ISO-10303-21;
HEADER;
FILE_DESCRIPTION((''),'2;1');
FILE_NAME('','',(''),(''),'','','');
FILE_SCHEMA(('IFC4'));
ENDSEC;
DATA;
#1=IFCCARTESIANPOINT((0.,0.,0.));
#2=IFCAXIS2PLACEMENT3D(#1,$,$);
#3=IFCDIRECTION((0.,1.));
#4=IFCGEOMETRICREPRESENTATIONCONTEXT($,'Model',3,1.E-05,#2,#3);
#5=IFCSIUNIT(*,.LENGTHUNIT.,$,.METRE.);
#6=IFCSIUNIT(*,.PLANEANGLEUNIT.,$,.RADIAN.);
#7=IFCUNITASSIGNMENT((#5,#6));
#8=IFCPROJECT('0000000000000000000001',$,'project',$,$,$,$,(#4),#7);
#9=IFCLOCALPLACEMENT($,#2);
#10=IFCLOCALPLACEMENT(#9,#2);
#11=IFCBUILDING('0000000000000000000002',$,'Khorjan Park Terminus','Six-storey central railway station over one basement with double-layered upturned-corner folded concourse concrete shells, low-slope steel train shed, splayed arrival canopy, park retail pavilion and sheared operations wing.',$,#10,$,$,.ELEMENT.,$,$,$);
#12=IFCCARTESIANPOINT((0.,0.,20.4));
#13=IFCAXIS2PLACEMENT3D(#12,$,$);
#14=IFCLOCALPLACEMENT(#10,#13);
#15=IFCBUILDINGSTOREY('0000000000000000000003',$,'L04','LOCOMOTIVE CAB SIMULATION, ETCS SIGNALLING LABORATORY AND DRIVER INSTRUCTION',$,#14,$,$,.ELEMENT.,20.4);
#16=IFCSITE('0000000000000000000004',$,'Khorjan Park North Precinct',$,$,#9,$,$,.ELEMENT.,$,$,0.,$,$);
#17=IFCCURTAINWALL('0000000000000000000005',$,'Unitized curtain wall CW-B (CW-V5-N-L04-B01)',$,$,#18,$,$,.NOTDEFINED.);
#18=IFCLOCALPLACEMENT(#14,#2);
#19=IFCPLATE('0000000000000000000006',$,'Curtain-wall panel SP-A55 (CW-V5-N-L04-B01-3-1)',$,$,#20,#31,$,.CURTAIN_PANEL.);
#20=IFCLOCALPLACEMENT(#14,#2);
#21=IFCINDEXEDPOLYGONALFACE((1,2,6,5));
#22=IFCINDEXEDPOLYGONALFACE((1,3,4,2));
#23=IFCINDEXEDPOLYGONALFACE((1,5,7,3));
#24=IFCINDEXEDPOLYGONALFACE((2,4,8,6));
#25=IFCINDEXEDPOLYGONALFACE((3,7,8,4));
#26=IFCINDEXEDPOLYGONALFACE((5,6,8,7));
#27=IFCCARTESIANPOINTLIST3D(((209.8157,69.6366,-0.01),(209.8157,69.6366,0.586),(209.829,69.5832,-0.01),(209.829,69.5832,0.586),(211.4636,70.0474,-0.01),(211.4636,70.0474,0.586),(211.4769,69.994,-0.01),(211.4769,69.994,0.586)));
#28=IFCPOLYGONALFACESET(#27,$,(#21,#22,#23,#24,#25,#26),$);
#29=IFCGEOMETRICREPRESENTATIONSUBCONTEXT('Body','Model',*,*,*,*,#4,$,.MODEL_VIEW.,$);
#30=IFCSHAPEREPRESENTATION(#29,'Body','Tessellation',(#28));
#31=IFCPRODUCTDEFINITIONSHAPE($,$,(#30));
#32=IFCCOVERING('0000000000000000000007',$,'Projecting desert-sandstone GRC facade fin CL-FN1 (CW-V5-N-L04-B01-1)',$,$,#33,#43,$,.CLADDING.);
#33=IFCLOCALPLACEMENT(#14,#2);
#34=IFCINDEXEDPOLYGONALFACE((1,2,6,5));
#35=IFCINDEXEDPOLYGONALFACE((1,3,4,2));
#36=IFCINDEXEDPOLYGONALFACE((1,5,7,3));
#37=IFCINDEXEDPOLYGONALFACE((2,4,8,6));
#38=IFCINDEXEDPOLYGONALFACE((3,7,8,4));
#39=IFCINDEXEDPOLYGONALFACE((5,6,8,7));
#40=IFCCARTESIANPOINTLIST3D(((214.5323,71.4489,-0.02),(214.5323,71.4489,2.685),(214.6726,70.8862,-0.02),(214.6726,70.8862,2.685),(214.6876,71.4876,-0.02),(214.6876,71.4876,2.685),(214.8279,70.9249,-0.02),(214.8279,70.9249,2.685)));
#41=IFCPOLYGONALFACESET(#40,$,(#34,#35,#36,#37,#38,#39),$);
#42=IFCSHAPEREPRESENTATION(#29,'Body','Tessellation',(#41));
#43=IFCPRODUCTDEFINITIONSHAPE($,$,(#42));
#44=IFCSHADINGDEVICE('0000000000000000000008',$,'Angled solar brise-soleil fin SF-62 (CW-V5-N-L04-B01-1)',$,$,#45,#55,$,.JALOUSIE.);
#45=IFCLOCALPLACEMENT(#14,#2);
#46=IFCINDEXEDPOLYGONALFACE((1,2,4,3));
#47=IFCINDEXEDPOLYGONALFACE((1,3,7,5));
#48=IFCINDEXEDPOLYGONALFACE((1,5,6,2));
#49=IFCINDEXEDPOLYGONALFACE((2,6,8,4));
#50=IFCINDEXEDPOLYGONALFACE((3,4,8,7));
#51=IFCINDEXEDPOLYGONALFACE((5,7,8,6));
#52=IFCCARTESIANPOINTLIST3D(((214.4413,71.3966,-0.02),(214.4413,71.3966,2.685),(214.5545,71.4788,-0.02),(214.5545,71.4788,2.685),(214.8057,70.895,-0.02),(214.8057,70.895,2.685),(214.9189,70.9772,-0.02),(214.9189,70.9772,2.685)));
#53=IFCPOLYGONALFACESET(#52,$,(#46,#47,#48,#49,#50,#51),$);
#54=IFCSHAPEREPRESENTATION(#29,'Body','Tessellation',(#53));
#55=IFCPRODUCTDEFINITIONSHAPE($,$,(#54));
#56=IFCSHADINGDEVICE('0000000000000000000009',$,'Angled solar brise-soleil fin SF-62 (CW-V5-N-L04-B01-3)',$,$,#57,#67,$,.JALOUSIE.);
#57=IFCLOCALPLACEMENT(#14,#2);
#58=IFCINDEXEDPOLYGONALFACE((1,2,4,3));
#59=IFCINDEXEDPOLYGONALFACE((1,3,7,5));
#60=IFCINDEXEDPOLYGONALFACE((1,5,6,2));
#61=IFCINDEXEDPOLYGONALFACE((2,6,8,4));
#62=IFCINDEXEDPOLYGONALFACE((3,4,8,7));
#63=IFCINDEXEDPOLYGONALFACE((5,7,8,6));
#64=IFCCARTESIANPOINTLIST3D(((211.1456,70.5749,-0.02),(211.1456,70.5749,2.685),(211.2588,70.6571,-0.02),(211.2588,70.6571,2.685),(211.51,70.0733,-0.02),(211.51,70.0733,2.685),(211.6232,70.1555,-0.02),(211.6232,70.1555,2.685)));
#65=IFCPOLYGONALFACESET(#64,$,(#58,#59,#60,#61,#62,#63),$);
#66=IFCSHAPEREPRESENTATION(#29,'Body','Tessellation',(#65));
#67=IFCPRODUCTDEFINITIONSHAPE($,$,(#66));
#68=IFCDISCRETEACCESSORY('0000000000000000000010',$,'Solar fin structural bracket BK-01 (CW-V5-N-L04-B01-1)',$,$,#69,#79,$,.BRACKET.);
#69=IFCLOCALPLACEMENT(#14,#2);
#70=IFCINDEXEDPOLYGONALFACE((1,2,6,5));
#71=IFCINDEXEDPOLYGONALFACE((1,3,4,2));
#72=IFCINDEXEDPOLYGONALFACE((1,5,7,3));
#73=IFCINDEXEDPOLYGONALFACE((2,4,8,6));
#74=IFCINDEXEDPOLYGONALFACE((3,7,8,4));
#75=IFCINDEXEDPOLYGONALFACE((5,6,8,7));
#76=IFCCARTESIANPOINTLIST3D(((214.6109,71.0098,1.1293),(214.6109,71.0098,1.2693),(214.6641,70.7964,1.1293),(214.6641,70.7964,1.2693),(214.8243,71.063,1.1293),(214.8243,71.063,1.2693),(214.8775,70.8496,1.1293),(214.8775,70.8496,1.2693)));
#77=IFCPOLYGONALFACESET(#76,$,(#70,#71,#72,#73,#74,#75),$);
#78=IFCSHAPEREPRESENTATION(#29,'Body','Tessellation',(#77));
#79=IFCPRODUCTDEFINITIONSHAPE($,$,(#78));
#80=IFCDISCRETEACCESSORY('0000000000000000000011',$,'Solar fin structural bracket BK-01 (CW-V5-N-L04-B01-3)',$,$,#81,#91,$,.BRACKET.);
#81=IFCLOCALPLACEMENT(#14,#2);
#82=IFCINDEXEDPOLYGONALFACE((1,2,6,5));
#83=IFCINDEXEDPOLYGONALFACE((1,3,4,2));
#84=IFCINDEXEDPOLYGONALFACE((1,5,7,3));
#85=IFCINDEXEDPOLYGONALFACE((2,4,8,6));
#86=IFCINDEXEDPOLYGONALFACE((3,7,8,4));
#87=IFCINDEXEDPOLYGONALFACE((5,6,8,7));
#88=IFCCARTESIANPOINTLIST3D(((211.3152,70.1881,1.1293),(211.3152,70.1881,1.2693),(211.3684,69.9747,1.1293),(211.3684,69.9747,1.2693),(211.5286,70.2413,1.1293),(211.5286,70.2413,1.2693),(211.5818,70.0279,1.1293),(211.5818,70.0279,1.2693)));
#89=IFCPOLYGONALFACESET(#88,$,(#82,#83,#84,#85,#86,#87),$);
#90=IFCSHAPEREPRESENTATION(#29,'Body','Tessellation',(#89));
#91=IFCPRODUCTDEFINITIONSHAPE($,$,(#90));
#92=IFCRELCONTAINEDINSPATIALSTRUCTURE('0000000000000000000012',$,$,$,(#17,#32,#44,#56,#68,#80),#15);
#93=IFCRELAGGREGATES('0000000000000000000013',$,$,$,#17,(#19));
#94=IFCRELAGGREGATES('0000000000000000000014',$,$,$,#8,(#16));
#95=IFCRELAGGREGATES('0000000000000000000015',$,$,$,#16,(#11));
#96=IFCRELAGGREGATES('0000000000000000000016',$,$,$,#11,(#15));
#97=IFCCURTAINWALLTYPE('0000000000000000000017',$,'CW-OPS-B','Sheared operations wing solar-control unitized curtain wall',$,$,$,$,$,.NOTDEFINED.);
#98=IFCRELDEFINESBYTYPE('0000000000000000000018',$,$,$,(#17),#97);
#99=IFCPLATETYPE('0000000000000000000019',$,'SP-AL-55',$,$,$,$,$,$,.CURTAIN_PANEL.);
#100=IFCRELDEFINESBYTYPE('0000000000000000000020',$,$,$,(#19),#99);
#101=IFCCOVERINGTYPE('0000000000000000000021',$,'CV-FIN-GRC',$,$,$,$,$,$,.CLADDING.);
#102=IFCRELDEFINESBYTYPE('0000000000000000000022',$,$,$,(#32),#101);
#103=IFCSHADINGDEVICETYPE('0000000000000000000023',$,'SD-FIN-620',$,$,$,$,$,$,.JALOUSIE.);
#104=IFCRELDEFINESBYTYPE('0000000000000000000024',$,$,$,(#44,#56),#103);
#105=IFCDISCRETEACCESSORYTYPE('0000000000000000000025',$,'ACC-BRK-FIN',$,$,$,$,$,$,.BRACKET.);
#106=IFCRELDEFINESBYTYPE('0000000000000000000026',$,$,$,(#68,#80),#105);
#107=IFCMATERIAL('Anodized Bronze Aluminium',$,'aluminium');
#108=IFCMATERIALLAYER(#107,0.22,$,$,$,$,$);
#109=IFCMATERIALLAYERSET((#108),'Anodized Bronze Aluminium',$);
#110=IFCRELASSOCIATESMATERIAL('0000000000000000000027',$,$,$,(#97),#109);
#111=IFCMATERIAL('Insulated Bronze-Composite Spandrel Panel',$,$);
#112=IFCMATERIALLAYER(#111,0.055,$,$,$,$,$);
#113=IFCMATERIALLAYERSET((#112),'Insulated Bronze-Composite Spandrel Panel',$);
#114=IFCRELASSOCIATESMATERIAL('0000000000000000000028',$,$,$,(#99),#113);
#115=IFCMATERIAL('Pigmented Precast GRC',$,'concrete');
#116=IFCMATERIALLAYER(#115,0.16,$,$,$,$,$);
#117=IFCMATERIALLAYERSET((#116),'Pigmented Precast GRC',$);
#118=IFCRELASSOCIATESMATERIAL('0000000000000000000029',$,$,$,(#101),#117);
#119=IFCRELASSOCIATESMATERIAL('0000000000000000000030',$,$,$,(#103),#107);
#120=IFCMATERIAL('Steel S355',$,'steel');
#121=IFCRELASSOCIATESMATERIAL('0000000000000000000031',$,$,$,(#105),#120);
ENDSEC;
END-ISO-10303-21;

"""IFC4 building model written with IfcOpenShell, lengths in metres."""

from ifc_helpers import new_model, si_unit, direction, frame, origin, origin_2d, place, context, subcontext, project, spatial, rectangle, extrude, material, layer, layer_set, type_object, element, aggregate, save


model = new_model("IFC4")

# Units and contexts
model_context = context("Model", 3, precision=1e-05, world=origin(), true_north=direction((0.0, 1.0)))
body_context = subcontext(model_context, "Body", "Model", "MODEL_VIEW")
ifc_project = project(units=[si_unit("LENGTHUNIT", "METRE"), si_unit("PLANEANGLEUNIT", "RADIAN")], contexts=[model_context])

# Site, building, storey
site_placement = place(None, origin())
site = spatial("IfcSite", under=ifc_project, at=site_placement, Name="Khorjan Park North Precinct", CompositionType="ELEMENT", RefElevation=0.0)
building_placement = place(site_placement, origin())
building = spatial("IfcBuilding", under=site, at=building_placement, Name="Khorjan Park Terminus", Description="Six-storey central railway station over one basement with double-layered upturned-corner folded concourse concrete shells, low-slope steel train shed, splayed arrival canopy, park retail pavilion and sheared operations wing.", CompositionType="ELEMENT")
storey_placement = place(building_placement, frame((0.0, 0.0, 20.4)))
storey = spatial("IfcBuildingStorey", under=building, at=storey_placement, Name="L04", Description="LOCOMOTIVE CAB SIMULATION, ETCS SIGNALLING LABORATORY AND DRIVER INSTRUCTION", CompositionType="ELEMENT", Elevation=20.4)

# Shared definitions
ifc_material_1 = material(Name="Anodized Bronze Aluminium", Category="aluminium")
ifc_layer_1 = layer(ifc_material_1, 0.22)
ifc_layer_set_1 = layer_set([ifc_layer_1], Name="Anodized Bronze Aluminium")
curtain_wall_type = type_object("IfcCurtainWallType", Name="CW-OPS-B", Description="Sheared operations wing solar-control unitized curtain wall", PredefinedType="NOTDEFINED", material=ifc_layer_set_1)

# Curtain wall
curtain_wall_1_placement = place(storey_placement, origin())
curtain_wall_1 = element("IfcCurtainWall", 1, at=curtain_wall_1_placement, inside=storey, type_object=curtain_wall_type, Name="Unitized curtain wall CW-B (CW-V5-N-L04-B01)", PredefinedType="NOTDEFINED")

# Plate
ifc_material_2 = material(Name="Insulated Bronze-Composite Spandrel Panel")
ifc_layer_2 = layer(ifc_material_2, 0.055)
ifc_layer_set_2 = layer_set([ifc_layer_2], Name="Insulated Bronze-Composite Spandrel Panel")
plate_type_1 = type_object("IfcPlateType", Name="SP-AL-55", PredefinedType="CURTAIN_PANEL", material=ifc_layer_set_2)
plate_1_placement = place(storey_placement, frame((210.6463, 69.8153, -0.01), z_axis=(0.0, 0.0, 1.0), x_axis=(-0.970296, -0.241919, 0.0)))
plate_1 = element("IfcPlate", 2, at=plate_1_placement, type_object=plate_type_1, Name="Curtain-wall panel SP-A55 (CW-V5-N-L04-B01-3-1)", PredefinedType="CURTAIN_PANEL", context=body_context, shape_type="SweptSolid", body=[
    extrude(rectangle(XDim=1.6983, YDim=0.055, at=origin_2d()), origin(), (0.0, 0.0, 1.0), 0.596),
])
aggregate(curtain_wall_1, [plate_1])

# Covering
ifc_material_3 = material(Name="Pigmented Precast GRC", Category="concrete")
ifc_layer_3 = layer(ifc_material_3, 0.16)
ifc_layer_set_3 = layer_set([ifc_layer_3], Name="Pigmented Precast GRC")
covering_type = type_object("IfcCoveringType", Name="CV-FIN-GRC", PredefinedType="CLADDING", material=ifc_layer_set_3)
covering_placement = place(storey_placement, frame((214.6801, 71.1869, -0.02), z_axis=(0.0, 0.0, 1.0), x_axis=(0.241922, -0.970296, 0.0)))
element("IfcCovering", 3, at=covering_placement, inside=storey, type_object=covering_type, Name="Projecting desert-sandstone GRC facade fin CL-FN1 (CW-V5-N-L04-B01-1)", PredefinedType="CLADDING", context=body_context, shape_type="SweptSolid", body=[
    extrude(rectangle(XDim=0.58, YDim=0.16, at=origin_2d()), origin(), (0.0, 0.0, 1.0), 2.705),
])

# Shading devices
shading_device_type = type_object("IfcShadingDeviceType", Name="SD-FIN-620", PredefinedType="JALOUSIE", material=ifc_material_1)
for number, where, z_axis, x_axis, name in (
    (4, (214.6801, 71.1869, -0.02), (0.0, 0.0, 1.0), (0.587785, -0.809017, 0.0), "Angled solar brise-soleil fin SF-62 (CW-V5-N-L04-B01-1)"),
    (5, (211.3844, 70.3652, -0.02), (0.0, 0.0, 1.0), (0.587785, -0.809017, 0.0), "Angled solar brise-soleil fin SF-62 (CW-V5-N-L04-B01-3)"),
):
    element("IfcShadingDevice", number, at=place(storey_placement, frame(where, z_axis=z_axis, x_axis=x_axis)), inside=storey, type_object=shading_device_type, Name=name, PredefinedType="JALOUSIE", context=body_context, shape_type="SweptSolid", body=[
        extrude(rectangle(XDim=0.62, YDim=0.14, at=origin_2d()), origin(), (0.0, 0.0, 1.0), 2.705),
    ])

# Discrete accessories
ifc_material_4 = material(Name="Steel S355", Category="steel")
discrete_accessory_type = type_object("IfcDiscreteAccessoryType", Name="ACC-BRK-FIN", PredefinedType="BRACKET", material=ifc_material_4)
for number, where, z_axis, x_axis, name in (
    (6, (214.7442, 70.9297, 1.1293), (0.0, 0.0, 1.0), (-0.970296, -0.241919, 0.0), "Solar fin structural bracket BK-01 (CW-V5-N-L04-B01-1)"),
    (7, (211.4485, 70.108, 1.1293), (0.0, 0.0, 1.0), (-0.970296, -0.241919, 0.0), "Solar fin structural bracket BK-01 (CW-V5-N-L04-B01-3)"),
):
    element("IfcDiscreteAccessory", number, at=place(storey_placement, frame(where, z_axis=z_axis, x_axis=x_axis)), inside=storey, type_object=discrete_accessory_type, Name=name, PredefinedType="BRACKET", context=body_context, shape_type="SweptSolid", body=[
        extrude(rectangle(XDim=0.22, YDim=0.22, at=origin_2d()), origin(), (0.0, 0.0, 1.0), 0.14),
    ])

save(model, "model.ifc")
